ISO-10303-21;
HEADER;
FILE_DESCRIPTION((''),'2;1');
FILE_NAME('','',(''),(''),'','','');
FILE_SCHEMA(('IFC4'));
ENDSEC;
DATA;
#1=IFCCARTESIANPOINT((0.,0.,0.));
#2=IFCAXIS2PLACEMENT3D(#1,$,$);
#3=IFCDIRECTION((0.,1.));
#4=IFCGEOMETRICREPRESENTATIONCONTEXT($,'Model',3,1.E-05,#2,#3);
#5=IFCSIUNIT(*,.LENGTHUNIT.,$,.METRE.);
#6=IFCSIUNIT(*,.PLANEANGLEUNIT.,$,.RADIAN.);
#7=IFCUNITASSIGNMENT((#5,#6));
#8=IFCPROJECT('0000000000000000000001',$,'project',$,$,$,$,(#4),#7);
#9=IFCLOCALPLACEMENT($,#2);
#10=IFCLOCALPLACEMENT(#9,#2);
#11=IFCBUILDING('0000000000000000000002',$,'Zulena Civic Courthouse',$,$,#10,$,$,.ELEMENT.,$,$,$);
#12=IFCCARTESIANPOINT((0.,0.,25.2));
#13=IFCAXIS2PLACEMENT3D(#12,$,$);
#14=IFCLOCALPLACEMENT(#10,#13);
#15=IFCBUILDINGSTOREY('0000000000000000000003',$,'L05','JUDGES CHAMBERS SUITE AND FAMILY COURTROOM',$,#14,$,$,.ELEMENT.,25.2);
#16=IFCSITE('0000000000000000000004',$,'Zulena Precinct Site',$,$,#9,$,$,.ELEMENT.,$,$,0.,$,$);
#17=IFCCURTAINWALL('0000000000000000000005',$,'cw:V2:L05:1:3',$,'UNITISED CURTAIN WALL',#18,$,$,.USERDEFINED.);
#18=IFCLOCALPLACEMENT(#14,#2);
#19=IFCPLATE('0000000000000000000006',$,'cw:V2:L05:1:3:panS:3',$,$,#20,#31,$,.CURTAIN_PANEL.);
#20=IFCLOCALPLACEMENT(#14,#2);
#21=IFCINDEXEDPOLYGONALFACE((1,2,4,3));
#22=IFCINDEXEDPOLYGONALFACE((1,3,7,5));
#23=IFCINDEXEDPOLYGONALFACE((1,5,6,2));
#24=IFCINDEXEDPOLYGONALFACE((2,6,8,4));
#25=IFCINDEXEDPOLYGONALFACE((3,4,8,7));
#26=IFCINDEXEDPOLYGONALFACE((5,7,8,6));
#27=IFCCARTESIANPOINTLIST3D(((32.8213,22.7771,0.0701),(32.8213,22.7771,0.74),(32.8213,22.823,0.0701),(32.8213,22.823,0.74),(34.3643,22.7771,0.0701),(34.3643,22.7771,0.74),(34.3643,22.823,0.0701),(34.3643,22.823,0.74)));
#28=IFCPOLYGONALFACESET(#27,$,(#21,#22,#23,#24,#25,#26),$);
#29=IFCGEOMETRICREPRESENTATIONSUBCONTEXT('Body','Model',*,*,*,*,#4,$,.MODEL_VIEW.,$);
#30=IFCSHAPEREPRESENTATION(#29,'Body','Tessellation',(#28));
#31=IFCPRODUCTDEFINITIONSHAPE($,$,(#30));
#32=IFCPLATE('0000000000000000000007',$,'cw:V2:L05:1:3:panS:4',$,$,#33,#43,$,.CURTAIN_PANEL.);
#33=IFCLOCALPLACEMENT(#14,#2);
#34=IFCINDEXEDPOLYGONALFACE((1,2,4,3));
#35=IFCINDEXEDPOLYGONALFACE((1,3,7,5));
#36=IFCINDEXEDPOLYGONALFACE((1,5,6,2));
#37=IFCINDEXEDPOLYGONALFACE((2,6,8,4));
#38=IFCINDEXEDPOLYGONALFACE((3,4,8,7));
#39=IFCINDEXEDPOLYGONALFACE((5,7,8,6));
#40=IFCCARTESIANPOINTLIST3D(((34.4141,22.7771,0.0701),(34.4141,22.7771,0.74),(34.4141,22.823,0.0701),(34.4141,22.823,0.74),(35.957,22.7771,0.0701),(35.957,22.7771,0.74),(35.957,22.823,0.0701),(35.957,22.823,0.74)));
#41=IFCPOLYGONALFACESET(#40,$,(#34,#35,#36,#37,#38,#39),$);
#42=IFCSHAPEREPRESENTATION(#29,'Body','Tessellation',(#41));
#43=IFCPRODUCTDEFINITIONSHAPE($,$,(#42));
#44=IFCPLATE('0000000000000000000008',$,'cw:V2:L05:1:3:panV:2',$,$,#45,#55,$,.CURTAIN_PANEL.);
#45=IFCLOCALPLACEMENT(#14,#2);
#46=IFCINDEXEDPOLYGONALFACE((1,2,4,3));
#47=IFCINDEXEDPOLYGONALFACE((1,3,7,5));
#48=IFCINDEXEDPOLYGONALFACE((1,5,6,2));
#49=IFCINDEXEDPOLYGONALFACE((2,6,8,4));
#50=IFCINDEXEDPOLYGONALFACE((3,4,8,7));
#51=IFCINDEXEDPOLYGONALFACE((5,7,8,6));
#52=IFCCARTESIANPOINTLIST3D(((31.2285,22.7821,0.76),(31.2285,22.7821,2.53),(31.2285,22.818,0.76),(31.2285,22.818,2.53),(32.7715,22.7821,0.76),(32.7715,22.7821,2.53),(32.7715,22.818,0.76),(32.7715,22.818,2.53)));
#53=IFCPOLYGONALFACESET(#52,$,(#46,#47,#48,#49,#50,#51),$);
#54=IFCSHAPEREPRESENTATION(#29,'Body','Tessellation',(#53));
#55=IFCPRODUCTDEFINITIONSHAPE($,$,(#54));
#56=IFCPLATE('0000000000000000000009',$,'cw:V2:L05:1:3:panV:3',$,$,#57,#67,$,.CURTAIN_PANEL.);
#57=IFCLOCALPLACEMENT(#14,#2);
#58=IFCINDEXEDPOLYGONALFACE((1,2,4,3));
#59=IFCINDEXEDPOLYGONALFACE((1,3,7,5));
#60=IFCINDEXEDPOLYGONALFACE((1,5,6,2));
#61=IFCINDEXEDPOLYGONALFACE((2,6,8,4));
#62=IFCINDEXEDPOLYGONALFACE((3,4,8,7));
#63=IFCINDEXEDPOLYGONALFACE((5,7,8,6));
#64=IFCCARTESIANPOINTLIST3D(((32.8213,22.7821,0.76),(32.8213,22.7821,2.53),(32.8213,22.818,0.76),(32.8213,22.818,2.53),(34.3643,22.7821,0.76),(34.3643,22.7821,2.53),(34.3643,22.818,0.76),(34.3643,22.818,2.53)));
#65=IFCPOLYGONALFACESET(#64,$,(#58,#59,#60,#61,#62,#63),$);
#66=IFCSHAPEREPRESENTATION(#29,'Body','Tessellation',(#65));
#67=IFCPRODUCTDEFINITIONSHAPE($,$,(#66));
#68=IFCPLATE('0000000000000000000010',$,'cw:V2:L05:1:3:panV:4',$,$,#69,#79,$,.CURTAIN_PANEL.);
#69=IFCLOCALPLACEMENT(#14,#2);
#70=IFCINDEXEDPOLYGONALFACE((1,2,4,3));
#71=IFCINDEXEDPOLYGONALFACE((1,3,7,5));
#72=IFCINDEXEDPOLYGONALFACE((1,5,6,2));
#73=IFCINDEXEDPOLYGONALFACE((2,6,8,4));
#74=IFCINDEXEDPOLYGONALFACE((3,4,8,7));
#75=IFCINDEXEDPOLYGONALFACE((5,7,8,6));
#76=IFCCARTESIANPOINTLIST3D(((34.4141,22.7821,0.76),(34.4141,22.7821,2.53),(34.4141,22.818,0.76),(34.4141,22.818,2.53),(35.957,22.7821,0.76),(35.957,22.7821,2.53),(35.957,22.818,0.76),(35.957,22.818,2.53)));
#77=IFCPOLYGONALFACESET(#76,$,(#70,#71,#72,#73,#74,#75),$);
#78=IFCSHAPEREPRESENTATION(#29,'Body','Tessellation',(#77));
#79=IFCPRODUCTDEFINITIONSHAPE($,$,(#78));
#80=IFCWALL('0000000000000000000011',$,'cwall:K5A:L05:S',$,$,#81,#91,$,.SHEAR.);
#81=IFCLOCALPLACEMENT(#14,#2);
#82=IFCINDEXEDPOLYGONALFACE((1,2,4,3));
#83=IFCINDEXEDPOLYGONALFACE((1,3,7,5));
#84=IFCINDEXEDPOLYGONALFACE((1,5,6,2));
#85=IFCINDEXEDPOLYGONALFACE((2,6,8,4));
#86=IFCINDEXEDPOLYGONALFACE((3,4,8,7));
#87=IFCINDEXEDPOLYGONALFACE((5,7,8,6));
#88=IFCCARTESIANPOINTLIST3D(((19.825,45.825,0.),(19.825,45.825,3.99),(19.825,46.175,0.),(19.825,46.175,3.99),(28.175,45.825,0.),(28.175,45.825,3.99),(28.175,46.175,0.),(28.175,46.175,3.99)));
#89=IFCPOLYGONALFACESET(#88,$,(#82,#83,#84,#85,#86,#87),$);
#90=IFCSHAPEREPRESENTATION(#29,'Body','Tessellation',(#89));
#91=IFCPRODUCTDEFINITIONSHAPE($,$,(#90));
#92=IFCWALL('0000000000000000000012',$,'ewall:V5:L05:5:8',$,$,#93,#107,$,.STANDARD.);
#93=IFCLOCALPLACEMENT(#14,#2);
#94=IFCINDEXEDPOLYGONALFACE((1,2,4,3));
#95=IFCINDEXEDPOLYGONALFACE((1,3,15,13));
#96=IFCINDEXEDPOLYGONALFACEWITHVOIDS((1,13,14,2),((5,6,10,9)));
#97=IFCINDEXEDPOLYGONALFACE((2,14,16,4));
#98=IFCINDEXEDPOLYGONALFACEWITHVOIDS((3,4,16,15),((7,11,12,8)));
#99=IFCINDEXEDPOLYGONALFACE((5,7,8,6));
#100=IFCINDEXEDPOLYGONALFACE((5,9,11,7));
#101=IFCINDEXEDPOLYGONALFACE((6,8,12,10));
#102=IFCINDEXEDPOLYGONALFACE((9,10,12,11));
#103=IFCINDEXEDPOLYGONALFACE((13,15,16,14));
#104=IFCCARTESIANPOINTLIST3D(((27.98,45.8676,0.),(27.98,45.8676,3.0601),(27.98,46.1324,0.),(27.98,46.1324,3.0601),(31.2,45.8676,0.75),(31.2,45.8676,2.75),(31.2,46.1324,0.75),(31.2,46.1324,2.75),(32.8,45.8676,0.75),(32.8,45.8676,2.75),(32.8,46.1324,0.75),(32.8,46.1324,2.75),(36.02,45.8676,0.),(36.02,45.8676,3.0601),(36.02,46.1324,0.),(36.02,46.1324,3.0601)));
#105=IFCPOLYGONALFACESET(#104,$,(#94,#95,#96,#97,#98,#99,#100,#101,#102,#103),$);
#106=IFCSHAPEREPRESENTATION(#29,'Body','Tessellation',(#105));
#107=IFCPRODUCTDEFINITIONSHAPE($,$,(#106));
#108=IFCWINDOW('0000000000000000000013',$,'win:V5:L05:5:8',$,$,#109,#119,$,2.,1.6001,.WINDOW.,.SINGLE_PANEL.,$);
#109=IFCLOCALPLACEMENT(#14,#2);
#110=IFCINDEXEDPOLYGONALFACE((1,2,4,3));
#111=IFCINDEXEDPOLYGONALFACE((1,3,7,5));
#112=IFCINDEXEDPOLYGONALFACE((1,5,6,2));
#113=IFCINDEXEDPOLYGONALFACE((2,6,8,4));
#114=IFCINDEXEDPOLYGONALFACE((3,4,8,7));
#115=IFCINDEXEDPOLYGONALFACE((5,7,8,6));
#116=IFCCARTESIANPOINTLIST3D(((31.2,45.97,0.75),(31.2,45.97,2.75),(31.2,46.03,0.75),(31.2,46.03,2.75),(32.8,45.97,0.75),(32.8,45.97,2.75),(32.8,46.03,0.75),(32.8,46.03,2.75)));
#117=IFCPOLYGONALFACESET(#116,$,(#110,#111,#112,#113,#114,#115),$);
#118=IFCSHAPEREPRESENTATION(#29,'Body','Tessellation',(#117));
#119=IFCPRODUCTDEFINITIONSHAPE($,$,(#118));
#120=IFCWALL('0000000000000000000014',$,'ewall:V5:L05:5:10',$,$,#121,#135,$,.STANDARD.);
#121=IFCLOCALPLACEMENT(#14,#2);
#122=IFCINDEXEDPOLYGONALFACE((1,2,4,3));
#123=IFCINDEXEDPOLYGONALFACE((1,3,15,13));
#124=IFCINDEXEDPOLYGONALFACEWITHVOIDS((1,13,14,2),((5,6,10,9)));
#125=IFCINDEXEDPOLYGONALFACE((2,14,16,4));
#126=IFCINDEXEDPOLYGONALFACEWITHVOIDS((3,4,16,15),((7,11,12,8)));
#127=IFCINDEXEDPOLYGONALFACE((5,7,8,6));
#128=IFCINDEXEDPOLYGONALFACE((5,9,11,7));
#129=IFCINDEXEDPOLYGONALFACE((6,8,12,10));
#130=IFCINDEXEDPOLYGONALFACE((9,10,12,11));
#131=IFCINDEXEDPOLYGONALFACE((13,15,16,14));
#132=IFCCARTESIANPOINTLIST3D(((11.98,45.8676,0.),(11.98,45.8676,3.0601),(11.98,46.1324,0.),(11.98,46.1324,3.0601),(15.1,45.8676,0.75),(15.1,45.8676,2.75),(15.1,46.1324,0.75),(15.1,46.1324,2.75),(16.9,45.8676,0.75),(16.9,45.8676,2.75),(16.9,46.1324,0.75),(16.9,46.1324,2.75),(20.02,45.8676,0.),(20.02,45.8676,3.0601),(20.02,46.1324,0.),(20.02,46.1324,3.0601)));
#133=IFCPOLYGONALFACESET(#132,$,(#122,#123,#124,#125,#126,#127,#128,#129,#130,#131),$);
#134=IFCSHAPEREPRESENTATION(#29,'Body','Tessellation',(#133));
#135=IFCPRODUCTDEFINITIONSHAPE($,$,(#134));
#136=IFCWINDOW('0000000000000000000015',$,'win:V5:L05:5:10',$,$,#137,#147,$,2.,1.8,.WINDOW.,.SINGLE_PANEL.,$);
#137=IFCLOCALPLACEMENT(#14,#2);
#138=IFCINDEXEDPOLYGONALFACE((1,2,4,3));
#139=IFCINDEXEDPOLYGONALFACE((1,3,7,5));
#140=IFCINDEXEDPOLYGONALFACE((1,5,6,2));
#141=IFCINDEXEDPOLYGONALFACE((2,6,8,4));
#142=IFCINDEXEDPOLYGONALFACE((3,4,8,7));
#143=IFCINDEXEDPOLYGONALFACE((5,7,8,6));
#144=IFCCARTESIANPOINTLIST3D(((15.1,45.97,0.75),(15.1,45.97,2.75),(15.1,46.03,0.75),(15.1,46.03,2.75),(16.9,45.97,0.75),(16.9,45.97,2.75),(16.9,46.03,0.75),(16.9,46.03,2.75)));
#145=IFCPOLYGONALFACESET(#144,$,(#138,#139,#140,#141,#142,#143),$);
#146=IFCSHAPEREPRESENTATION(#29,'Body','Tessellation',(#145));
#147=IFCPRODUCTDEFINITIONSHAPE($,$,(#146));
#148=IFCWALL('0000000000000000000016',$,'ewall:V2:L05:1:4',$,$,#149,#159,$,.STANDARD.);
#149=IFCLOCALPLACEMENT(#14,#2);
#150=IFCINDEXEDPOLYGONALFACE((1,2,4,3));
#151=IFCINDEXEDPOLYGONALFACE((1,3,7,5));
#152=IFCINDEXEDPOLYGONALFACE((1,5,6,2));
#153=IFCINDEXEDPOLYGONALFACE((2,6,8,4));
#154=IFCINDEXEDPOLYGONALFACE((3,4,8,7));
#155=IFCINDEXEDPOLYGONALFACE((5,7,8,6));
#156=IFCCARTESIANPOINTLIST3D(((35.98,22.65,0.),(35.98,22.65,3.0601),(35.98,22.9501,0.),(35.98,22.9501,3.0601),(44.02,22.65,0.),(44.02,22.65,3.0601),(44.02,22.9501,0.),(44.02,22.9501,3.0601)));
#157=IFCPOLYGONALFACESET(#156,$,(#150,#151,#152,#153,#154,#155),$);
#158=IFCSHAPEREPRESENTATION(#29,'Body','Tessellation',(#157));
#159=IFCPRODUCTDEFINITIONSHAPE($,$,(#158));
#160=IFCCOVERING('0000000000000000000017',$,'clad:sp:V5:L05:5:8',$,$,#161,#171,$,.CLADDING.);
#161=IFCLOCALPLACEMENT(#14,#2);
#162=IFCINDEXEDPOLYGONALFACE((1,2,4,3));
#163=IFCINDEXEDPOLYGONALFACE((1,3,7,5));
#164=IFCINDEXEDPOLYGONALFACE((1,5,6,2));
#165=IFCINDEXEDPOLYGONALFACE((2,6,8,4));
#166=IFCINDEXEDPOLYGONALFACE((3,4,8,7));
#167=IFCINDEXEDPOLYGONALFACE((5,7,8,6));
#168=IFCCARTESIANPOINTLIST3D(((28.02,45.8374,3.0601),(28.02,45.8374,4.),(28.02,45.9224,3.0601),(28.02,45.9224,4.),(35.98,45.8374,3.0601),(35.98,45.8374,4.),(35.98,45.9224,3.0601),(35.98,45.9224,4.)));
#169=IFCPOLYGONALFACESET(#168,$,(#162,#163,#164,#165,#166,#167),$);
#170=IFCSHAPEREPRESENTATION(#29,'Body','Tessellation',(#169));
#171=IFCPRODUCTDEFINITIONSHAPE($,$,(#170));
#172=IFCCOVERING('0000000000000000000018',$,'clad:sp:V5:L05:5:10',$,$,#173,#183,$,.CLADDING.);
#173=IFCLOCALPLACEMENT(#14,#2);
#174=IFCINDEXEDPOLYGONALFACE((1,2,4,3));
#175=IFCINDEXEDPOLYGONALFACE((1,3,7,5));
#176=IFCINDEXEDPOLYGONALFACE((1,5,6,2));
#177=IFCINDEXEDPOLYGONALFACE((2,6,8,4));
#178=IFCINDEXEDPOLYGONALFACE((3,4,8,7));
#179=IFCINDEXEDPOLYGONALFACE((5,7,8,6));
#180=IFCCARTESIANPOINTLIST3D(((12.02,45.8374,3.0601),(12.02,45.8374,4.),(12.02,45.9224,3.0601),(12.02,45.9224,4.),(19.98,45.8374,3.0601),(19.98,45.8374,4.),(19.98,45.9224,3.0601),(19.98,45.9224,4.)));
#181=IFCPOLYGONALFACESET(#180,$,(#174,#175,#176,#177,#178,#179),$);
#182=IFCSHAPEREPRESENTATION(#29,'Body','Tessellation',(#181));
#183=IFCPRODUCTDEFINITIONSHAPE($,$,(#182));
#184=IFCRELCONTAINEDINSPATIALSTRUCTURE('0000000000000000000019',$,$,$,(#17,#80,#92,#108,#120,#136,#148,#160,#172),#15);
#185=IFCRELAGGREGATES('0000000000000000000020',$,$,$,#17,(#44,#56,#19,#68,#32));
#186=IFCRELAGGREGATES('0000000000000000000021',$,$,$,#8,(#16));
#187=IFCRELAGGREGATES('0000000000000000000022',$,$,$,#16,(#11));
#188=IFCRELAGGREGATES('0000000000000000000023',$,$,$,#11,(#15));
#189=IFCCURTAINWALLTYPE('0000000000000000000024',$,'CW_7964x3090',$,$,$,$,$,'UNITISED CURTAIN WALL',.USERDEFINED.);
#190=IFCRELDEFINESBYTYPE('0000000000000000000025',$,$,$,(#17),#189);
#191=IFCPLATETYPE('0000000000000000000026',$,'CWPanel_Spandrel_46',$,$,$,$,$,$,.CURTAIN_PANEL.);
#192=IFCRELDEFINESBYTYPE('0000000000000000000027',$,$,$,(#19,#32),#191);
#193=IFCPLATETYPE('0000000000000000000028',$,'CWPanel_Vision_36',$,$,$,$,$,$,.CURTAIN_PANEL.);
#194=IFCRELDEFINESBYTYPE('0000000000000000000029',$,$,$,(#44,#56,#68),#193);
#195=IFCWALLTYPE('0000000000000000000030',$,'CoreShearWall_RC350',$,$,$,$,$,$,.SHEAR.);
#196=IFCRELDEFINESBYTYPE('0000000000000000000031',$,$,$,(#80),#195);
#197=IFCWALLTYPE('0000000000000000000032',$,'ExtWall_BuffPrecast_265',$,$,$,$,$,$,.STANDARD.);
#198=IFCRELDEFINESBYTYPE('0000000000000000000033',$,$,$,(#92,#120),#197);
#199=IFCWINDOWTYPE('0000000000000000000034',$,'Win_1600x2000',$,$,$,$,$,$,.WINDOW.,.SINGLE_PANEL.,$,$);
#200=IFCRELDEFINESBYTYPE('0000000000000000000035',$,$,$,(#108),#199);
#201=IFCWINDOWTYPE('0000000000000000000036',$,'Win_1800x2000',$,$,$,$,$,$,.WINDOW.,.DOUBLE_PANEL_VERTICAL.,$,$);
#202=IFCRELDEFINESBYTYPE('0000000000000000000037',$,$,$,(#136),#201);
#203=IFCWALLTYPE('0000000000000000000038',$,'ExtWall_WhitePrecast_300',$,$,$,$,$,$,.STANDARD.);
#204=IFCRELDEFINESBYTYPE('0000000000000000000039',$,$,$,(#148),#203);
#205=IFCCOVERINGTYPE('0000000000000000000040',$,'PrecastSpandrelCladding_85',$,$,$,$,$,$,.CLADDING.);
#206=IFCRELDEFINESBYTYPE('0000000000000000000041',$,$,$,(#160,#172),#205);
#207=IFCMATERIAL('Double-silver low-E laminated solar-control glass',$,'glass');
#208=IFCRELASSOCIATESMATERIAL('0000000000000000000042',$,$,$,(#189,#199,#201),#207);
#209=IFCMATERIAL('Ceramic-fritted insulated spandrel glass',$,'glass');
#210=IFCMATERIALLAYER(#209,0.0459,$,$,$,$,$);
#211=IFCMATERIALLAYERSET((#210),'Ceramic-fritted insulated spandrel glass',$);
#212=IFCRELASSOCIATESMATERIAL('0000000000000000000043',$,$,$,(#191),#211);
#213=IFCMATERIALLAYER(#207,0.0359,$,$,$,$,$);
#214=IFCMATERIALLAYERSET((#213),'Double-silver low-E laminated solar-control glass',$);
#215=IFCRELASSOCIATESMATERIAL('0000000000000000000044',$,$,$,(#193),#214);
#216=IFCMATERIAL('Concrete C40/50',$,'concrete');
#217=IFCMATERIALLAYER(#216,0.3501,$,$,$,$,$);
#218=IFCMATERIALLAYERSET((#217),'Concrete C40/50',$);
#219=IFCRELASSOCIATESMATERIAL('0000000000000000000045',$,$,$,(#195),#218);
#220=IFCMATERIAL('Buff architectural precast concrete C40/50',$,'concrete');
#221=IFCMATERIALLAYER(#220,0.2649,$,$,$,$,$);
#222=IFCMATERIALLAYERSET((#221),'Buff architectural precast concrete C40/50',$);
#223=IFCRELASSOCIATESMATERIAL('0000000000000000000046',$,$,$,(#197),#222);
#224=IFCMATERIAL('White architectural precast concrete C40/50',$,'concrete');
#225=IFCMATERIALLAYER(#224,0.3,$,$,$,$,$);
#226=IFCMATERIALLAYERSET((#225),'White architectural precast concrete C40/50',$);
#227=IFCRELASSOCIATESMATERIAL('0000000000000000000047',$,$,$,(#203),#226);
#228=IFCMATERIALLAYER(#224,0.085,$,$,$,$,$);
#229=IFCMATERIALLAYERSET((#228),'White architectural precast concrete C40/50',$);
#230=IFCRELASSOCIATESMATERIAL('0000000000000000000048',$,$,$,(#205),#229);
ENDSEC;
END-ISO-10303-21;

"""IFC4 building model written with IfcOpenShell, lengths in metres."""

from ifc_helpers import new_model, si_unit, direction, frame, frame_2d, origin, origin_2d, place, context, subcontext, project, spatial, rectangle, extrude, material, layer, layer_set, type_object, element, fill, aggregate, save


model = new_model("IFC4")

# Units and contexts
model_context = context("Model", 3, precision=1e-05, world=origin(), true_north=direction((0.0, 1.0)))
body_context = subcontext(model_context, "Body", "Model", "MODEL_VIEW")
ifc_project = project(units=[si_unit("LENGTHUNIT", "METRE"), si_unit("PLANEANGLEUNIT", "RADIAN")], contexts=[model_context])

# Site, building, storey
site_placement = place(None, origin())
site = spatial("IfcSite", under=ifc_project, at=site_placement, Name="Zulena Precinct Site", CompositionType="ELEMENT", RefElevation=0.0)
building_placement = place(site_placement, origin())
building = spatial("IfcBuilding", under=site, at=building_placement, Name="Zulena Civic Courthouse", CompositionType="ELEMENT")
storey_placement = place(building_placement, frame((0.0, 0.0, 25.2)))
storey = spatial("IfcBuildingStorey", under=building, at=storey_placement, Name="L05", Description="JUDGES CHAMBERS SUITE AND FAMILY COURTROOM", CompositionType="ELEMENT", Elevation=25.2)

# Curtain wall
ifc_material_1 = material(Name="Double-silver low-E laminated solar-control glass", Category="glass")
curtain_wall_type = type_object("IfcCurtainWallType", Name="CW_7964x3090", ElementType="UNITISED CURTAIN WALL", PredefinedType="USERDEFINED", material=ifc_material_1)
curtain_wall_placement = place(storey_placement, origin())
curtain_wall = element("IfcCurtainWall", 1, at=curtain_wall_placement, inside=storey, type_object=curtain_wall_type, Name="cw:V2:L05:1:3", ObjectType="UNITISED CURTAIN WALL", PredefinedType="USERDEFINED")

# Plates
ifc_material_2 = material(Name="Ceramic-fritted insulated spandrel glass", Category="glass")
ifc_layer_1 = layer(ifc_material_2, 0.0459)
ifc_layer_set_1 = layer_set([ifc_layer_1], Name="Ceramic-fritted insulated spandrel glass")
plate_type_1 = type_object("IfcPlateType", Name="CWPanel_Spandrel_46", PredefinedType="CURTAIN_PANEL", material=ifc_layer_set_1)
plate_1_placement = place(storey_placement, frame((33.5928, 22.8, 0.0701), z_axis=(0.0, 0.0, 1.0), x_axis=(1.0, 0.0, 0.0)))
plate_1 = element("IfcPlate", 2, at=plate_1_placement, type_object=plate_type_1, Name="cw:V2:L05:1:3:panS:3", PredefinedType="CURTAIN_PANEL", context=body_context, shape_type="SweptSolid", body=[
    extrude(rectangle(XDim=1.543, YDim=0.0459, at=origin_2d()), origin(), (0.0, 0.0, 1.0), 0.6699),
])
plate_2_placement = place(storey_placement, frame((35.1855, 22.8, 0.0701), z_axis=(0.0, 0.0, 1.0), x_axis=(1.0, 0.0, 0.0)))
plate_2 = element("IfcPlate", 3, at=plate_2_placement, type_object=plate_type_1, Name="cw:V2:L05:1:3:panS:4", PredefinedType="CURTAIN_PANEL", context=body_context, shape_type="SweptSolid", body=[
    extrude(rectangle(XDim=1.543, YDim=0.0459, at=origin_2d()), origin(), (0.0, 0.0, 1.0), 0.6699),
])
ifc_layer_2 = layer(ifc_material_1, 0.0359)
ifc_layer_set_2 = layer_set([ifc_layer_2], Name="Double-silver low-E laminated solar-control glass")
plate_type_2 = type_object("IfcPlateType", Name="CWPanel_Vision_36", PredefinedType="CURTAIN_PANEL", material=ifc_layer_set_2)
plate_3_placement = place(storey_placement, frame((32.0, 22.8, 0.76), z_axis=(0.0, 0.0, 1.0), x_axis=(1.0, 0.0, 0.0)))
plate_3 = element("IfcPlate", 4, at=plate_3_placement, type_object=plate_type_2, Name="cw:V2:L05:1:3:panV:2", PredefinedType="CURTAIN_PANEL", context=body_context, shape_type="SweptSolid", body=[
    extrude(rectangle(XDim=1.543, YDim=0.0359, at=origin_2d()), origin(), (0.0, 0.0, 1.0), 1.77),
])
plate_4_placement = place(storey_placement, frame((33.5928, 22.8, 0.76), z_axis=(0.0, 0.0, 1.0), x_axis=(1.0, 0.0, 0.0)))
plate_4 = element("IfcPlate", 5, at=plate_4_placement, type_object=plate_type_2, Name="cw:V2:L05:1:3:panV:3", PredefinedType="CURTAIN_PANEL", context=body_context, shape_type="SweptSolid", body=[
    extrude(rectangle(XDim=1.543, YDim=0.0359, at=origin_2d()), origin(), (0.0, 0.0, 1.0), 1.77),
])
plate_5_placement = place(storey_placement, frame((35.1855, 22.8, 0.76), z_axis=(0.0, 0.0, 1.0), x_axis=(1.0, 0.0, 0.0)))
plate_5 = element("IfcPlate", 6, at=plate_5_placement, type_object=plate_type_2, Name="cw:V2:L05:1:3:panV:4", PredefinedType="CURTAIN_PANEL", context=body_context, shape_type="SweptSolid", body=[
    extrude(rectangle(XDim=1.543, YDim=0.0359, at=origin_2d()), origin(), (0.0, 0.0, 1.0), 1.77),
])
aggregate(curtain_wall, [plate_3, plate_4, plate_1, plate_5, plate_2])

# Wall
ifc_material_3 = material(Name="Concrete C40/50", Category="concrete")
ifc_layer_3 = layer(ifc_material_3, 0.3501)
ifc_layer_set_3 = layer_set([ifc_layer_3], Name="Concrete C40/50")
wall_type_1 = type_object("IfcWallType", Name="CoreShearWall_RC350", PredefinedType="SHEAR", material=ifc_layer_set_3)
wall_1_placement = place(storey_placement, frame((19.825, 46.0, 0.0), z_axis=(0.0, 0.0, 1.0), x_axis=(1.0, 0.0, 0.0)))
element("IfcWall", 7, at=wall_1_placement, inside=storey, type_object=wall_type_1, Name="cwall:K5A:L05:S", PredefinedType="SHEAR", context=body_context, shape_type="SweptSolid", body=[
    extrude(rectangle(XDim=8.3501, YDim=0.3501, at=frame_2d((4.175, 0.0))), origin(), (0.0, 0.0, 1.0), 3.99),
])

# Walls, openings, windows
ifc_material_4 = material(Name="Buff architectural precast concrete C40/50", Category="concrete")
ifc_layer_4 = layer(ifc_material_4, 0.2649)
ifc_layer_set_4 = layer_set([ifc_layer_4], Name="Buff architectural precast concrete C40/50")
wall_type_2 = type_object("IfcWallType", Name="ExtWall_BuffPrecast_265", PredefinedType="STANDARD", material=ifc_layer_set_4)
wall_2_placement = place(storey_placement, frame((36.02, 46.0, 0.0), z_axis=(0.0, 0.0, 1.0), x_axis=(-1.0, 0.0, 0.0)))
wall_2 = element("IfcWall", 8, at=wall_2_placement, inside=storey, type_object=wall_type_2, Name="ewall:V5:L05:5:8", PredefinedType="STANDARD", context=body_context, shape_type="SweptSolid", body=[
    extrude(rectangle(XDim=8.04, YDim=0.2649, at=frame_2d((4.02, 0.0))), origin(), (0.0, 0.0, 1.0), 3.0601),
])
opening_1_placement = place(wall_2_placement, frame((3.22, 0.0, 0.75)))
opening_1 = element("IfcOpeningElement", 9, at=opening_1_placement, cuts=wall_2, PredefinedType="OPENING", context=body_context, shape_type="SweptSolid", body=[
    extrude(rectangle(XDim=1.6001, YDim=2.0, at=frame_2d((0.8, 1.0))), frame((0.0, 0.1423, 0.0), z_axis=(0.0, -1.0, 0.0), x_axis=(1.0, 0.0, 0.0)), (0.0, 0.0, 1.0), 0.2849),
])
window_type_1 = type_object("IfcWindowType", Name="Win_1600x2000", PartitioningType="SINGLE_PANEL", PredefinedType="WINDOW", material=ifc_material_1)
window_1_placement = place(opening_1_placement, origin())
window_1 = element("IfcWindow", 10, at=window_1_placement, inside=storey, type_object=window_type_1, Name="win:V5:L05:5:8", OverallHeight=2.0, OverallWidth=1.6001, PartitioningType="SINGLE_PANEL", PredefinedType="WINDOW", context=body_context, shape_type="SweptSolid", body=[
    extrude(rectangle(XDim=1.6001, YDim=2.0, at=frame_2d((0.8, 1.0))), frame((0.0, 0.03, 0.0), z_axis=(0.0, -1.0, 0.0), x_axis=(1.0, 0.0, 0.0)), (0.0, 0.0, 1.0), 0.0601),
])
fill(opening_1, window_1)
wall_3_placement = place(storey_placement, frame((20.02, 46.0, 0.0), z_axis=(0.0, 0.0, 1.0), x_axis=(-1.0, 0.0, 0.0)))
wall_3 = element("IfcWall", 11, at=wall_3_placement, inside=storey, type_object=wall_type_2, Name="ewall:V5:L05:5:10", PredefinedType="STANDARD", context=body_context, shape_type="SweptSolid", body=[
    extrude(rectangle(XDim=8.04, YDim=0.2649, at=frame_2d((4.02, 0.0))), origin(), (0.0, 0.0, 1.0), 3.0601),
])
opening_2_placement = place(wall_3_placement, frame((3.1201, 0.0, 0.75)))
opening_2 = element("IfcOpeningElement", 12, at=opening_2_placement, cuts=wall_3, PredefinedType="OPENING", context=body_context, shape_type="SweptSolid", body=[
    extrude(rectangle(XDim=1.8, YDim=2.0, at=frame_2d((0.8999, 1.0))), frame((0.0, 0.1423, 0.0), z_axis=(0.0, -1.0, 0.0), x_axis=(1.0, 0.0, 0.0)), (0.0, 0.0, 1.0), 0.2849),
])
window_type_2 = type_object("IfcWindowType", Name="Win_1800x2000", PartitioningType="DOUBLE_PANEL_VERTICAL", PredefinedType="WINDOW", material=ifc_material_1)
window_2_placement = place(opening_2_placement, origin())
window_2 = element("IfcWindow", 13, at=window_2_placement, inside=storey, type_object=window_type_2, Name="win:V5:L05:5:10", OverallHeight=2.0, OverallWidth=1.8, PartitioningType="SINGLE_PANEL", PredefinedType="WINDOW", context=body_context, shape_type="SweptSolid", body=[
    extrude(rectangle(XDim=1.8, YDim=2.0, at=frame_2d((0.8999, 1.0))), frame((0.0, 0.03, 0.0), z_axis=(0.0, -1.0, 0.0), x_axis=(1.0, 0.0, 0.0)), (0.0, 0.0, 1.0), 0.0601),
])
fill(opening_2, window_2)

# Wall
ifc_material_5 = material(Name="White architectural precast concrete C40/50", Category="concrete")
ifc_layer_5 = layer(ifc_material_5, 0.3)
ifc_layer_set_5 = layer_set([ifc_layer_5], Name="White architectural precast concrete C40/50")
wall_type_3 = type_object("IfcWallType", Name="ExtWall_WhitePrecast_300", PredefinedType="STANDARD", material=ifc_layer_set_5)
wall_4_placement = place(storey_placement, frame((35.98, 22.8, 0.0), z_axis=(0.0, 0.0, 1.0), x_axis=(1.0, 0.0, 0.0)))
element("IfcWall", 14, at=wall_4_placement, inside=storey, type_object=wall_type_3, Name="ewall:V2:L05:1:4", PredefinedType="STANDARD", context=body_context, shape_type="SweptSolid", body=[
    extrude(rectangle(XDim=8.04, YDim=0.3, at=frame_2d((4.02, 0.0))), origin(), (0.0, 0.0, 1.0), 3.0601),
])

# Coverings
ifc_layer_6 = layer(ifc_material_5, 0.085)
ifc_layer_set_6 = layer_set([ifc_layer_6], Name="White architectural precast concrete C40/50")
covering_type = type_object("IfcCoveringType", Name="PrecastSpandrelCladding_85", PredefinedType="CLADDING", material=ifc_layer_set_6)
for number, where, z_axis, x_axis, name in (
    (15, (32.0, 45.8799, 3.0601), (0.0, 0.0, 1.0), (-1.0, 0.0, 0.0), "clad:sp:V5:L05:5:8"),
    (16, (16.0, 45.8799, 3.0601), (0.0, 0.0, 1.0), (-1.0, 0.0, 0.0), "clad:sp:V5:L05:5:10"),
):
    element("IfcCovering", number, at=place(storey_placement, frame(where, z_axis=z_axis, x_axis=x_axis)), inside=storey, type_object=covering_type, Name=name, PredefinedType="CLADDING", context=body_context, shape_type="SweptSolid", body=[
        extrude(rectangle(XDim=7.96, YDim=0.085, at=origin_2d()), origin(), (0.0, 0.0, 1.0), 0.9399),
    ])

save(model, "model.ifc")
